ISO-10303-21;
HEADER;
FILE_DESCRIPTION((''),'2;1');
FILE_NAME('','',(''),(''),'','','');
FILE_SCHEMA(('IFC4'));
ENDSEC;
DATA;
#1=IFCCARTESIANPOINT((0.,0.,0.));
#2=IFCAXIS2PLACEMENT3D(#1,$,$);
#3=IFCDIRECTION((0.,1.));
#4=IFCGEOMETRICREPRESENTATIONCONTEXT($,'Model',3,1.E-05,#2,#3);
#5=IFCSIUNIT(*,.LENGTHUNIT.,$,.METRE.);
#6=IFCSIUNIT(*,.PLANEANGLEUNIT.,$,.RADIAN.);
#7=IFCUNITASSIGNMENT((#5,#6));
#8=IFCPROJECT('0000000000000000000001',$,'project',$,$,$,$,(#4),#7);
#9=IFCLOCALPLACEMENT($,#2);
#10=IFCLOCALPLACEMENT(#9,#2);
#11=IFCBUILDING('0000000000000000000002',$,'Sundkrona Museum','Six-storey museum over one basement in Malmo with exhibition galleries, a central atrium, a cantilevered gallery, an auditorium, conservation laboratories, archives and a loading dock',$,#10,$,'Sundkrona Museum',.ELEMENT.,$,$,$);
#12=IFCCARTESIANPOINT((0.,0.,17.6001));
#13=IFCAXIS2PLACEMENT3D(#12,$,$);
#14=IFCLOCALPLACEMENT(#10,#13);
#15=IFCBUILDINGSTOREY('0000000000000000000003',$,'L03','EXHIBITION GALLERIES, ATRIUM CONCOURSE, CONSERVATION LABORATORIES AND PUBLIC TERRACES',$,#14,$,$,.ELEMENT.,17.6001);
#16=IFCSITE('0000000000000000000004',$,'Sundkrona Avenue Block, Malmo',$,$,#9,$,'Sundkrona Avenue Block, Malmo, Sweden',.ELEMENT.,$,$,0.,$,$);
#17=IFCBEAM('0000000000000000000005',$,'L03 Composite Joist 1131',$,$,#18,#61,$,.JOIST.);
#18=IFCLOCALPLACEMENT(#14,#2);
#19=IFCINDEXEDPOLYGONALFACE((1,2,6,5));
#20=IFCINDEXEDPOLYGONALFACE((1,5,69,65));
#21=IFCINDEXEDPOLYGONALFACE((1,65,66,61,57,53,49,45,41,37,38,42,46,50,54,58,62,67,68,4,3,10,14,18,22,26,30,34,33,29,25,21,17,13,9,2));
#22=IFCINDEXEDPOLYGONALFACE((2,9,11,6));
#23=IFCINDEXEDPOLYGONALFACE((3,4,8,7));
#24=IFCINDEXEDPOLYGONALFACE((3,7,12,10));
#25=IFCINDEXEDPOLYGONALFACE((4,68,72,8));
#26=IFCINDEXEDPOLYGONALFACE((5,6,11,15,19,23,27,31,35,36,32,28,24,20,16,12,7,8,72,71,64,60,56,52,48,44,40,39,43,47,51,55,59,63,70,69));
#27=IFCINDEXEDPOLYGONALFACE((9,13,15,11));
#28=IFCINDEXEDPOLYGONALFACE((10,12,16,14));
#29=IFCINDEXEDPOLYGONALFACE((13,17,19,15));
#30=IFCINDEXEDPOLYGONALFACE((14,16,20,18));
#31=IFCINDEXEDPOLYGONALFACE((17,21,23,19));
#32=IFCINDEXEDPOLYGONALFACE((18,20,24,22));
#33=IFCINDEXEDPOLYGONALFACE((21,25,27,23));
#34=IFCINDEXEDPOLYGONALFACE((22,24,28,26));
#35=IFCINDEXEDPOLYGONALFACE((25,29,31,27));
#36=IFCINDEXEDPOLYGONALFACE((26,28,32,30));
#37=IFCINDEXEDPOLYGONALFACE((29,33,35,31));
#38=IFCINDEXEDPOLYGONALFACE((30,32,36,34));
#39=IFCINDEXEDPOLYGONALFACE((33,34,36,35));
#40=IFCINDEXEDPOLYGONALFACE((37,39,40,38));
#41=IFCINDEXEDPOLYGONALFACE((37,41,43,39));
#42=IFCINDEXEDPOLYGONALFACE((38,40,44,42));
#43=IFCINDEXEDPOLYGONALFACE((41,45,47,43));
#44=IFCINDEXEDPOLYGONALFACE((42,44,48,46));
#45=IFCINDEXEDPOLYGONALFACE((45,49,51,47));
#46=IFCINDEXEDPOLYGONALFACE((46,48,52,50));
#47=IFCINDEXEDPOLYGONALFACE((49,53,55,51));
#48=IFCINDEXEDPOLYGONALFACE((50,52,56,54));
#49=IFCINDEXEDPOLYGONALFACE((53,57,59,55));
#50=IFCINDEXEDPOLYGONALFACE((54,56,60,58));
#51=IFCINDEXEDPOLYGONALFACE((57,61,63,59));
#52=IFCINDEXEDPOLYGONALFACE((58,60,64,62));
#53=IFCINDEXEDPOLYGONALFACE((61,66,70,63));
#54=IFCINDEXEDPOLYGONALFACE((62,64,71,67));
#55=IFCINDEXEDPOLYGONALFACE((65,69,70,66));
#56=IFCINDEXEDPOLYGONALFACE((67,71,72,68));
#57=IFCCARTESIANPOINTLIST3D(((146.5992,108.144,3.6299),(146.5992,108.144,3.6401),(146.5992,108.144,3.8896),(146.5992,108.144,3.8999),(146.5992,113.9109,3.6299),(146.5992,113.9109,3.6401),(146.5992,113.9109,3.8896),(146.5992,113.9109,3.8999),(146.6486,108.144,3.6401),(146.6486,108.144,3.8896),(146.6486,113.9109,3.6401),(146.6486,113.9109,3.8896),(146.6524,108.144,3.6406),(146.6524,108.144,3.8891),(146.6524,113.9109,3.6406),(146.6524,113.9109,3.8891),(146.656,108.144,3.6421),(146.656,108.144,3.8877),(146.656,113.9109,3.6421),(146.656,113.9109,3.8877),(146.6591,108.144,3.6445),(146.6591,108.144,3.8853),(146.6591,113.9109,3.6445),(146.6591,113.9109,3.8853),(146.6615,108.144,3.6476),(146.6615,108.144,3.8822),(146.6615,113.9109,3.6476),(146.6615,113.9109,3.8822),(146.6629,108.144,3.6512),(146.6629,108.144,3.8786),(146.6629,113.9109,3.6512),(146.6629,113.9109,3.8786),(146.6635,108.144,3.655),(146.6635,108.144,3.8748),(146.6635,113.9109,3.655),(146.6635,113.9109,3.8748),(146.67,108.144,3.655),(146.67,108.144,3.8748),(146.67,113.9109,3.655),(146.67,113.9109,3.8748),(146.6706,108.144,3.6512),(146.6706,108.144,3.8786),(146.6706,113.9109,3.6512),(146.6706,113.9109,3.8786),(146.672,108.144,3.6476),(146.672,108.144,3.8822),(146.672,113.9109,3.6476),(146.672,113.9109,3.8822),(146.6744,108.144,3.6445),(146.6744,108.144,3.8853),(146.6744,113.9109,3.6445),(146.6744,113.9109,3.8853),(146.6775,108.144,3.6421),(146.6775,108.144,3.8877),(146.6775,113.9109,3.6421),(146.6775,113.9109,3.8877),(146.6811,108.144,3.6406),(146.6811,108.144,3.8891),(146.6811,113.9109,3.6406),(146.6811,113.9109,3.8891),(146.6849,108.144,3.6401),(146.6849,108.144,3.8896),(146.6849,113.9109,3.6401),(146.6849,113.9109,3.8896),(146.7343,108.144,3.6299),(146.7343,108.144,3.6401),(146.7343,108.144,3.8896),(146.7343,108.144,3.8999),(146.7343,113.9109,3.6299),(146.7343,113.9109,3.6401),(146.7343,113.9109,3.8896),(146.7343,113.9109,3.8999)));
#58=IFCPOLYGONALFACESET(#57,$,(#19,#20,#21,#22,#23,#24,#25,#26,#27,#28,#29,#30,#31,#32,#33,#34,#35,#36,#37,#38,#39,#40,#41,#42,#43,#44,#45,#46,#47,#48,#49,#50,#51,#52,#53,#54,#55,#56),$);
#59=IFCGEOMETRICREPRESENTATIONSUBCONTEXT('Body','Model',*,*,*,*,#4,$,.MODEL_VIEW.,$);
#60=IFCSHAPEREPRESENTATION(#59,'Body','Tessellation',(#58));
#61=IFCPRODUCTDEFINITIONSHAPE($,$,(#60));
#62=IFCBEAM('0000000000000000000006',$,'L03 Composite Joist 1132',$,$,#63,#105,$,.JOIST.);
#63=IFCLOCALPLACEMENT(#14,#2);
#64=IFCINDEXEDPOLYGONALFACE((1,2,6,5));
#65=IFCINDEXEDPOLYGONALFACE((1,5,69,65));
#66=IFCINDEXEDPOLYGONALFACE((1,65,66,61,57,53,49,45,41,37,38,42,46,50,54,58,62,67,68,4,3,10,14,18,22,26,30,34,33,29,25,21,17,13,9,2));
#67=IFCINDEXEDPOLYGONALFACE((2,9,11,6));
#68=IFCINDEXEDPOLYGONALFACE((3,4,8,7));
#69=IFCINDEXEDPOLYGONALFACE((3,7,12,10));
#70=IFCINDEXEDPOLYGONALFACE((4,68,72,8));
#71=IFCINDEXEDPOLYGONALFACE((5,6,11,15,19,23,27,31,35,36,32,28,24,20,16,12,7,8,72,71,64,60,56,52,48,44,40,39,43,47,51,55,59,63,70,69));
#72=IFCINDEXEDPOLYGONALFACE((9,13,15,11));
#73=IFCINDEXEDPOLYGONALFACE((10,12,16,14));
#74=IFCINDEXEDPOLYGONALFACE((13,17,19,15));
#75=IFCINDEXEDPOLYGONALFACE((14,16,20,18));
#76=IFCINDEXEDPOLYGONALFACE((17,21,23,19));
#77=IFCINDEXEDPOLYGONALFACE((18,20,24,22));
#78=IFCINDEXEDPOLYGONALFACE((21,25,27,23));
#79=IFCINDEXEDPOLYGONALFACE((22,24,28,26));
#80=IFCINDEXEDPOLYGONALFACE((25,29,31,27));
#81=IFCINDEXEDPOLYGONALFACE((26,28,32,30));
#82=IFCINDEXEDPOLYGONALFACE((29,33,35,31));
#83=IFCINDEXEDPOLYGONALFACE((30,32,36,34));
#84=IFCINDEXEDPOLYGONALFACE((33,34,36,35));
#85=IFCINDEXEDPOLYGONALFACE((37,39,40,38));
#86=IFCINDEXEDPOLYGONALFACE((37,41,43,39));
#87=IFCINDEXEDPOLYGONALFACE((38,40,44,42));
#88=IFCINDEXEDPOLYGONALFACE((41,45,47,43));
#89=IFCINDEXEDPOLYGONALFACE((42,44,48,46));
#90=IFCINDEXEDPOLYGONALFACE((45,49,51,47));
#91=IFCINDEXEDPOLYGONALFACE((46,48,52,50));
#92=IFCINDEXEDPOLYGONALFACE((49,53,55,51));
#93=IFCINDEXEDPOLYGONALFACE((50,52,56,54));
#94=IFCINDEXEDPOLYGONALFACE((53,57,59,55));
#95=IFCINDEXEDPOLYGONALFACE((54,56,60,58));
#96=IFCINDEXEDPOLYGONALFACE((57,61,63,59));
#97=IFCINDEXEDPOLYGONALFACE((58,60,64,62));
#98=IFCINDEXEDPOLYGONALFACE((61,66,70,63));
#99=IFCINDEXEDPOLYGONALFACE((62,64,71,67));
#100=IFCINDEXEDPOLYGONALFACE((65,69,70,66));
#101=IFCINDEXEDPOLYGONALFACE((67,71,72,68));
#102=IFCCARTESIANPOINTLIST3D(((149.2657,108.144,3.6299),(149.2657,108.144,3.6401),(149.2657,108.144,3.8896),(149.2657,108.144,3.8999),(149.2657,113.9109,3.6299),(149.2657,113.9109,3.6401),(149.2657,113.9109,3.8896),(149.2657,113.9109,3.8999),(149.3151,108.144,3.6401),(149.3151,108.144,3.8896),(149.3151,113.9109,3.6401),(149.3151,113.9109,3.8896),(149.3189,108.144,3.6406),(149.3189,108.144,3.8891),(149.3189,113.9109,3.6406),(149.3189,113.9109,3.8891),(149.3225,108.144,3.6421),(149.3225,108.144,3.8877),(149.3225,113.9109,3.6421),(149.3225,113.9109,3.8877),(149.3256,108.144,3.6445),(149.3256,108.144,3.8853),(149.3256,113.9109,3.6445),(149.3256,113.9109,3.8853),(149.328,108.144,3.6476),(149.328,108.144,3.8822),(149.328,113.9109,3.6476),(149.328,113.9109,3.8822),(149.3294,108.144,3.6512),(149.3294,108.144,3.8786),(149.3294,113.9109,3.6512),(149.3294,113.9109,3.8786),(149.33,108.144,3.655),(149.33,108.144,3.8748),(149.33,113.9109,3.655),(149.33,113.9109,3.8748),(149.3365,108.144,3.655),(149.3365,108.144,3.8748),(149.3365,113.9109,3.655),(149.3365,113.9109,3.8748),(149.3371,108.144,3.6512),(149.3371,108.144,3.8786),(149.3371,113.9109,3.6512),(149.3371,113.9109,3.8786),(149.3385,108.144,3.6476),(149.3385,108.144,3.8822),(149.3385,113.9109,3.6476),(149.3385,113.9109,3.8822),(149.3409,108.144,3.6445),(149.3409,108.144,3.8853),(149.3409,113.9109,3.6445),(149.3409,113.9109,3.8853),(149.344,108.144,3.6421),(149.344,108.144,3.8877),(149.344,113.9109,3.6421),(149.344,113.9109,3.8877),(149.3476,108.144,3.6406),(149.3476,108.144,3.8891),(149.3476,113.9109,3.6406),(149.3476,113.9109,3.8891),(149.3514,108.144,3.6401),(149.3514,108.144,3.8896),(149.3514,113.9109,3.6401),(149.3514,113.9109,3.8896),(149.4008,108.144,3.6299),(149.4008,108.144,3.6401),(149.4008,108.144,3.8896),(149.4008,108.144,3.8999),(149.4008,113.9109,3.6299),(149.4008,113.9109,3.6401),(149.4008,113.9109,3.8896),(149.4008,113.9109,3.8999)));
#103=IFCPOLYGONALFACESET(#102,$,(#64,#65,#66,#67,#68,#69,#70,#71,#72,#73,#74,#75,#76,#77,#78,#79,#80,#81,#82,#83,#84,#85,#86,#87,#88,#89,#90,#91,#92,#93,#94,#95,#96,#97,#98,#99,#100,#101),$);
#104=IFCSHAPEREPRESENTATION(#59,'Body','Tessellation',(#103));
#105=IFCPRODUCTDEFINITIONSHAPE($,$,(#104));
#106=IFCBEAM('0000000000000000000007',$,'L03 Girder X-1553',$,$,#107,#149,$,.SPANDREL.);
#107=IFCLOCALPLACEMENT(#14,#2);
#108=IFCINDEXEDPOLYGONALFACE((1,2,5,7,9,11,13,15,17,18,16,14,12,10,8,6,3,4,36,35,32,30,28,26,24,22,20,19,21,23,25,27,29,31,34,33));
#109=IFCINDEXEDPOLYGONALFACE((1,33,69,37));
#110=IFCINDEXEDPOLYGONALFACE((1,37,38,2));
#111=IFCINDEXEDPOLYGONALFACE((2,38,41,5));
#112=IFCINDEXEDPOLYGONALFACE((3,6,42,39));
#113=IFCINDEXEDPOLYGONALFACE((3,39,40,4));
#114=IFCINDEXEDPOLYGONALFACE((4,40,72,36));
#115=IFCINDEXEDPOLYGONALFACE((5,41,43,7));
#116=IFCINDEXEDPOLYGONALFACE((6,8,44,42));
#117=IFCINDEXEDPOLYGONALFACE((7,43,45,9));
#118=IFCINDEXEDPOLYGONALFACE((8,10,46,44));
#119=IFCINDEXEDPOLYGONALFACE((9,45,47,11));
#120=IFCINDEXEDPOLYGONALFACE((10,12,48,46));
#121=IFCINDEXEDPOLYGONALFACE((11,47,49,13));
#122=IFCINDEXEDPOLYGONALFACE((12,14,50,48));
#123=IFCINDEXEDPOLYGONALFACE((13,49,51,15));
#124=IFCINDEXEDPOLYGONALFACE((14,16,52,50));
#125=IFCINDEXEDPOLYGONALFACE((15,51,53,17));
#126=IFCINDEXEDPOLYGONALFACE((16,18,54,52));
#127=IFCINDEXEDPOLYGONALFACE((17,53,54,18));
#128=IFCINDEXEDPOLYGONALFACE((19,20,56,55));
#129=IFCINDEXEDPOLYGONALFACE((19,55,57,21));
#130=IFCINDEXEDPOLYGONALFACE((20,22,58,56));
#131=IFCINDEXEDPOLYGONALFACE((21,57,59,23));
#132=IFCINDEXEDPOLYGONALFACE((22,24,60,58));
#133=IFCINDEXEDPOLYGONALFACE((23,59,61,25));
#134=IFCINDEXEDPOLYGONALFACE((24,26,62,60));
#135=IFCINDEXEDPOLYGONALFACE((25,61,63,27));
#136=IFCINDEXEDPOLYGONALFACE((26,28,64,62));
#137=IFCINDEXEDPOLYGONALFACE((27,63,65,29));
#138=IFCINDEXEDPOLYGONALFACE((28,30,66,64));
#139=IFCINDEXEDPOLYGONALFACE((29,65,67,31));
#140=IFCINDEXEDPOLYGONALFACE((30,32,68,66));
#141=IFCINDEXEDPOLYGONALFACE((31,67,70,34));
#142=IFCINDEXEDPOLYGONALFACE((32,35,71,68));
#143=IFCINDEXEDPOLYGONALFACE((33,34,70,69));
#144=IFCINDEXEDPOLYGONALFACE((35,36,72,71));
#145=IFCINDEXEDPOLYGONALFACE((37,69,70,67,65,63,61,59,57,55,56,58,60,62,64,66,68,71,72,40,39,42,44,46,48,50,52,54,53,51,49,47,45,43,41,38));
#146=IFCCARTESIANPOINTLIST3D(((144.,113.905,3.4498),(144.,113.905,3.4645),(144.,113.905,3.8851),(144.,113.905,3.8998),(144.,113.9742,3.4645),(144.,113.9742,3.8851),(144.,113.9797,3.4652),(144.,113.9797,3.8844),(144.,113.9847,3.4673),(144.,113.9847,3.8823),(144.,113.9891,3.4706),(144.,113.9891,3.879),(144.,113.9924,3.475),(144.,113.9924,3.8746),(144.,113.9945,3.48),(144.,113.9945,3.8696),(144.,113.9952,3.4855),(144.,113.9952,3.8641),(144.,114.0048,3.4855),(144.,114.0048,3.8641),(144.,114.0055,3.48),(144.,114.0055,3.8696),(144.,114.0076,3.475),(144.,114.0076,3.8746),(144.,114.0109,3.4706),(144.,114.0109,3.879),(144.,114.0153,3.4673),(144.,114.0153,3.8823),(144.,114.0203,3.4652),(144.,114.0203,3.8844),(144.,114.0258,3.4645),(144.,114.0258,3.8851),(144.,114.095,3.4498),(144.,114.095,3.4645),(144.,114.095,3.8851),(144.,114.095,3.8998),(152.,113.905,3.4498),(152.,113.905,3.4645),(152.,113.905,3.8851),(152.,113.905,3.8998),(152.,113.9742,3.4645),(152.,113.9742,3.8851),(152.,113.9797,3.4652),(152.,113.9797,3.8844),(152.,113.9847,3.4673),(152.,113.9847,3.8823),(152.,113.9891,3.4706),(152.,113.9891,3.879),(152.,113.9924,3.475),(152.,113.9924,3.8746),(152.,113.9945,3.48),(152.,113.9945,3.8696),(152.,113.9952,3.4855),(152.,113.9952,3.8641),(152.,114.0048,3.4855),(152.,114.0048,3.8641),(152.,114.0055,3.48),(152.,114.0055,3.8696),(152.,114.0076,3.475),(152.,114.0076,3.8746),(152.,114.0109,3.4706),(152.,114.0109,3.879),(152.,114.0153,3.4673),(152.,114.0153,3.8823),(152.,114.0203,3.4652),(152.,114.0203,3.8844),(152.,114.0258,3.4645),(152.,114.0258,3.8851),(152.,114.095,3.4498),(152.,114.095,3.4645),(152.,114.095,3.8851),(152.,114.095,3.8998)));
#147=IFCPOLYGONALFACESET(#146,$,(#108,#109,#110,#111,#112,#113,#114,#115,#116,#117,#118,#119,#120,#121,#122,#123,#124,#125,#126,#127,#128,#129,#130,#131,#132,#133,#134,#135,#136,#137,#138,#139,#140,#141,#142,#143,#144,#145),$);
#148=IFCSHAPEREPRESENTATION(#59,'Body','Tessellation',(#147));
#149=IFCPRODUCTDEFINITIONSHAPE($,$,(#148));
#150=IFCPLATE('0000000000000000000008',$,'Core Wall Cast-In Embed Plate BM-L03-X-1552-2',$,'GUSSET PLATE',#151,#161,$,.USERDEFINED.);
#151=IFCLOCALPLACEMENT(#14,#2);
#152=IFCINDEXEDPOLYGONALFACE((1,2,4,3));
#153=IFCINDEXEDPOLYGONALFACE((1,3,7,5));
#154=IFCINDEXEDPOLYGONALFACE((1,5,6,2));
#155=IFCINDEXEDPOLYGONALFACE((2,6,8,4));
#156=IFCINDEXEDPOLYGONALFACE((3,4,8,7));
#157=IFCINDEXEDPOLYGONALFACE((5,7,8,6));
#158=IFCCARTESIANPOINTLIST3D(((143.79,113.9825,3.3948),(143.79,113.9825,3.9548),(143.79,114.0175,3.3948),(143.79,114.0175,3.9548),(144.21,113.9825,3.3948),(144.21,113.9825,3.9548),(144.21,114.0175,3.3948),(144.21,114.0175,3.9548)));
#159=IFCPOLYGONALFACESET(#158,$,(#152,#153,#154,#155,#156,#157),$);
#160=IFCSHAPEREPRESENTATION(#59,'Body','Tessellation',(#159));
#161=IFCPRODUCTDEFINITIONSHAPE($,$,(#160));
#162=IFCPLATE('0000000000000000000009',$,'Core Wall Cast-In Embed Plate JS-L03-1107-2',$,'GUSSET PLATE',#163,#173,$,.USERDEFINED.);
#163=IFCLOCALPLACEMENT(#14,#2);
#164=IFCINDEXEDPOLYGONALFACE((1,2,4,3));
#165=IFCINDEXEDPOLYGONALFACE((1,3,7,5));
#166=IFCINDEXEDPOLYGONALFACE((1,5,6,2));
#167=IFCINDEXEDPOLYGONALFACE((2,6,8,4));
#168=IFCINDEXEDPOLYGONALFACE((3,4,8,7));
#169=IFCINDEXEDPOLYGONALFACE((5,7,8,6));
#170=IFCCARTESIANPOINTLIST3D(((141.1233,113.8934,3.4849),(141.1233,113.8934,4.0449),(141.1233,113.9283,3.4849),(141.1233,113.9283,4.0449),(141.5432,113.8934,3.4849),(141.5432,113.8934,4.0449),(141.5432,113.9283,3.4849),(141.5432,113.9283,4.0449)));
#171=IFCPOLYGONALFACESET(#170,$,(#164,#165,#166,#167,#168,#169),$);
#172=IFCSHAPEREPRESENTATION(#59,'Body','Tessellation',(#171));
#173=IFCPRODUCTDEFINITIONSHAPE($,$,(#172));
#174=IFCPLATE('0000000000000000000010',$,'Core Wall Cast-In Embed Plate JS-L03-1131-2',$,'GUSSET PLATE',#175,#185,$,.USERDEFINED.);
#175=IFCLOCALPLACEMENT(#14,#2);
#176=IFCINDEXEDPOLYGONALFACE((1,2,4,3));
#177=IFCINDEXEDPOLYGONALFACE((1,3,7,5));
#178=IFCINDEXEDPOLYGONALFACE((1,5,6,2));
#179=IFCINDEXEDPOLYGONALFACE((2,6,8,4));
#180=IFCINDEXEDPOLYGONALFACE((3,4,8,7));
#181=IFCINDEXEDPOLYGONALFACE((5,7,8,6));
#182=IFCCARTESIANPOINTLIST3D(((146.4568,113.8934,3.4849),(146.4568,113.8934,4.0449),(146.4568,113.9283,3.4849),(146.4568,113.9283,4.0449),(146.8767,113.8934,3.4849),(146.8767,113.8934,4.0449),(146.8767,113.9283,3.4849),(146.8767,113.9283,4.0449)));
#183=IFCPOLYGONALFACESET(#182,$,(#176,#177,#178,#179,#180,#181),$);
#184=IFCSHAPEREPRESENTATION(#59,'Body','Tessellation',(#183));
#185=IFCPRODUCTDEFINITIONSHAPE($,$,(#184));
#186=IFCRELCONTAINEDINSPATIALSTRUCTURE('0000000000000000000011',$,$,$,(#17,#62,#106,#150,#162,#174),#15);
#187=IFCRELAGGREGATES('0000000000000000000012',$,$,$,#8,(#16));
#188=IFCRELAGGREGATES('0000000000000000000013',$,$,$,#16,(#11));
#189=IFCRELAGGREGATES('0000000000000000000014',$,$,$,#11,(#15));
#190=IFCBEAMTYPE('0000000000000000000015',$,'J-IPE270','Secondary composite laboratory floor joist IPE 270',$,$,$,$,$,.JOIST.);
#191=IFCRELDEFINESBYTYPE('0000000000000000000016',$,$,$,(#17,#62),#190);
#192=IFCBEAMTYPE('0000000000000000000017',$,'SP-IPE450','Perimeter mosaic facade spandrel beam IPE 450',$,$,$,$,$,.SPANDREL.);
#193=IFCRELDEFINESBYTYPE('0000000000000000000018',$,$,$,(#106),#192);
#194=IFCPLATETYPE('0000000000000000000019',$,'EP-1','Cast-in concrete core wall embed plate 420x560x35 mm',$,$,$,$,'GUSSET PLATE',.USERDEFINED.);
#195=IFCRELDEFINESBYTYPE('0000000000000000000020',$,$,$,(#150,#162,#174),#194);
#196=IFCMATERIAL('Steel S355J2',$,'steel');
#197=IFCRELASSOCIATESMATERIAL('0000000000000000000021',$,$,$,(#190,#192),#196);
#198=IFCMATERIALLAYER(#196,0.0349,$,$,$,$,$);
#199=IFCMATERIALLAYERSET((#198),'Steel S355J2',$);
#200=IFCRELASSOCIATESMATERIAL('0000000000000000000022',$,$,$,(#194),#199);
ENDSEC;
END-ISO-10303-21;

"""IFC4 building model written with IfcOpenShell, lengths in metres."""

from ifc_helpers import new_model, si_unit, direction, frame, origin, origin_2d, place, context, subcontext, project, spatial, rectangle, i_section, extrude, material, layer, layer_set, material_profile, profile_set, type_object, element, save


model = new_model("IFC4")

# Units and contexts
model_context = context("Model", 3, precision=1e-05, world=origin(), true_north=direction((0.0, 1.0)))
body_context = subcontext(model_context, "Body", "Model", "MODEL_VIEW")
ifc_project = project(units=[si_unit("LENGTHUNIT", "METRE"), si_unit("PLANEANGLEUNIT", "RADIAN")], contexts=[model_context])

# Site, building, storey
site_placement = place(None, origin())
site = spatial("IfcSite", under=ifc_project, at=site_placement, Name="Sundkrona Avenue Block, Malmo", LongName="Sundkrona Avenue Block, Malmo, Sweden", CompositionType="ELEMENT", RefElevation=0.0)
building_placement = place(site_placement, origin())
building = spatial("IfcBuilding", under=site, at=building_placement, Name="Sundkrona Museum", Description="Six-storey museum over one basement in Malmo with exhibition galleries, a central atrium, a cantilevered gallery, an auditorium, conservation laboratories, archives and a loading dock", LongName="Sundkrona Museum", CompositionType="ELEMENT")
storey_placement = place(building_placement, frame((0.0, 0.0, 17.6001)))
storey = spatial("IfcBuildingStorey", under=building, at=storey_placement, Name="L03", Description="EXHIBITION GALLERIES, ATRIUM CONCOURSE, CONSERVATION LABORATORIES AND PUBLIC TERRACES", CompositionType="ELEMENT", Elevation=17.6001)

# Shared definitions
ifc_material_1 = material(Name="Steel S355J2", Category="steel")

# Beams
ifc_material_profile_1 = material_profile(ifc_material_1, i_section(OverallWidth=0.135, OverallDepth=0.27, WebThickness=0.0066, FlangeThickness=0.0103, FilletRadius=0.0149, at=origin_2d()), Name="IPE 270")
ifc_profile_set_1 = profile_set([ifc_material_profile_1], Name="Steel S355J2")
beam_type_1 = type_object("IfcBeamType", Name="J-IPE270", Description="Secondary composite laboratory floor joist IPE 270", PredefinedType="JOIST", material=ifc_profile_set_1)
for number, where, z_axis, x_axis, name in (
    (1, (146.6667, 108.144, 3.7649), (0.0, 1.0, 0.0), (-1.0, 0.0, 0.0), "L03 Composite Joist 1131"),
    (2, (149.3333, 108.144, 3.7649), (0.0, 1.0, 0.0), (-1.0, 0.0, 0.0), "L03 Composite Joist 1132"),
):
    element("IfcBeam", number, at=place(storey_placement, frame(where, z_axis=z_axis, x_axis=x_axis)), inside=storey, type_object=beam_type_1, Name=name, PredefinedType="JOIST", context=body_context, shape_type="SweptSolid", body=[
        extrude(i_section(OverallWidth=0.135, OverallDepth=0.27, WebThickness=0.0066, FlangeThickness=0.0103, FilletRadius=0.0149, at=origin_2d()), origin(), (0.0, 0.0, 1.0), 5.7668),
    ])
ifc_material_profile_2 = material_profile(ifc_material_1, i_section(OverallWidth=0.1899, OverallDepth=0.45, WebThickness=0.0095, FlangeThickness=0.0146, FilletRadius=0.021, at=origin_2d()), Name="IPE 450")
ifc_profile_set_2 = profile_set([ifc_material_profile_2], Name="Steel S355J2")
beam_type_2 = type_object("IfcBeamType", Name="SP-IPE450", Description="Perimeter mosaic facade spandrel beam IPE 450", PredefinedType="SPANDREL", material=ifc_profile_set_2)
beam_1_placement = place(storey_placement, frame((144.0, 114.0, 3.6748), z_axis=(1.0, 0.0, 0.0), x_axis=(0.0, 1.0, 0.0)))
element("IfcBeam", 3, at=beam_1_placement, inside=storey, type_object=beam_type_2, Name="L03 Girder X-1553", PredefinedType="SPANDREL", context=body_context, shape_type="SweptSolid", body=[
    extrude(i_section(OverallWidth=0.1899, OverallDepth=0.45, WebThickness=0.0095, FlangeThickness=0.0146, FilletRadius=0.021, at=origin_2d()), origin(), (0.0, 0.0, 1.0), 8.0),
])

# Plates
ifc_layer_1 = layer(ifc_material_1, 0.0349)
ifc_layer_set_1 = layer_set([ifc_layer_1], Name="Steel S355J2")
plate_type = type_object("IfcPlateType", Name="EP-1", Description="Cast-in concrete core wall embed plate 420x560x35 mm", ElementType="GUSSET PLATE", PredefinedType="USERDEFINED", material=ifc_layer_set_1)
for number, where, z_axis, x_axis, name in (
    (4, (144.0, 114.0, 3.3948), (0.0, 0.0, 1.0), (1.0, 0.0, 0.0), "Core Wall Cast-In Embed Plate BM-L03-X-1552-2"),
    (5, (141.3333, 113.9109, 3.4849), (0.0, 0.0, 1.0), (1.0, 0.0, 0.0), "Core Wall Cast-In Embed Plate JS-L03-1107-2"),
    (6, (146.6667, 113.9109, 3.4849), (0.0, 0.0, 1.0), (1.0, 0.0, 0.0), "Core Wall Cast-In Embed Plate JS-L03-1131-2"),
):
    element("IfcPlate", number, at=place(storey_placement, frame(where, z_axis=z_axis, x_axis=x_axis)), inside=storey, type_object=plate_type, Name=name, ObjectType="GUSSET PLATE", PredefinedType="USERDEFINED", context=body_context, shape_type="SweptSolid", body=[
        extrude(rectangle(XDim=0.4199, YDim=0.0349, at=origin_2d()), origin(), (0.0, 0.0, 1.0), 0.5601),
    ])

save(model, "model.ifc")
